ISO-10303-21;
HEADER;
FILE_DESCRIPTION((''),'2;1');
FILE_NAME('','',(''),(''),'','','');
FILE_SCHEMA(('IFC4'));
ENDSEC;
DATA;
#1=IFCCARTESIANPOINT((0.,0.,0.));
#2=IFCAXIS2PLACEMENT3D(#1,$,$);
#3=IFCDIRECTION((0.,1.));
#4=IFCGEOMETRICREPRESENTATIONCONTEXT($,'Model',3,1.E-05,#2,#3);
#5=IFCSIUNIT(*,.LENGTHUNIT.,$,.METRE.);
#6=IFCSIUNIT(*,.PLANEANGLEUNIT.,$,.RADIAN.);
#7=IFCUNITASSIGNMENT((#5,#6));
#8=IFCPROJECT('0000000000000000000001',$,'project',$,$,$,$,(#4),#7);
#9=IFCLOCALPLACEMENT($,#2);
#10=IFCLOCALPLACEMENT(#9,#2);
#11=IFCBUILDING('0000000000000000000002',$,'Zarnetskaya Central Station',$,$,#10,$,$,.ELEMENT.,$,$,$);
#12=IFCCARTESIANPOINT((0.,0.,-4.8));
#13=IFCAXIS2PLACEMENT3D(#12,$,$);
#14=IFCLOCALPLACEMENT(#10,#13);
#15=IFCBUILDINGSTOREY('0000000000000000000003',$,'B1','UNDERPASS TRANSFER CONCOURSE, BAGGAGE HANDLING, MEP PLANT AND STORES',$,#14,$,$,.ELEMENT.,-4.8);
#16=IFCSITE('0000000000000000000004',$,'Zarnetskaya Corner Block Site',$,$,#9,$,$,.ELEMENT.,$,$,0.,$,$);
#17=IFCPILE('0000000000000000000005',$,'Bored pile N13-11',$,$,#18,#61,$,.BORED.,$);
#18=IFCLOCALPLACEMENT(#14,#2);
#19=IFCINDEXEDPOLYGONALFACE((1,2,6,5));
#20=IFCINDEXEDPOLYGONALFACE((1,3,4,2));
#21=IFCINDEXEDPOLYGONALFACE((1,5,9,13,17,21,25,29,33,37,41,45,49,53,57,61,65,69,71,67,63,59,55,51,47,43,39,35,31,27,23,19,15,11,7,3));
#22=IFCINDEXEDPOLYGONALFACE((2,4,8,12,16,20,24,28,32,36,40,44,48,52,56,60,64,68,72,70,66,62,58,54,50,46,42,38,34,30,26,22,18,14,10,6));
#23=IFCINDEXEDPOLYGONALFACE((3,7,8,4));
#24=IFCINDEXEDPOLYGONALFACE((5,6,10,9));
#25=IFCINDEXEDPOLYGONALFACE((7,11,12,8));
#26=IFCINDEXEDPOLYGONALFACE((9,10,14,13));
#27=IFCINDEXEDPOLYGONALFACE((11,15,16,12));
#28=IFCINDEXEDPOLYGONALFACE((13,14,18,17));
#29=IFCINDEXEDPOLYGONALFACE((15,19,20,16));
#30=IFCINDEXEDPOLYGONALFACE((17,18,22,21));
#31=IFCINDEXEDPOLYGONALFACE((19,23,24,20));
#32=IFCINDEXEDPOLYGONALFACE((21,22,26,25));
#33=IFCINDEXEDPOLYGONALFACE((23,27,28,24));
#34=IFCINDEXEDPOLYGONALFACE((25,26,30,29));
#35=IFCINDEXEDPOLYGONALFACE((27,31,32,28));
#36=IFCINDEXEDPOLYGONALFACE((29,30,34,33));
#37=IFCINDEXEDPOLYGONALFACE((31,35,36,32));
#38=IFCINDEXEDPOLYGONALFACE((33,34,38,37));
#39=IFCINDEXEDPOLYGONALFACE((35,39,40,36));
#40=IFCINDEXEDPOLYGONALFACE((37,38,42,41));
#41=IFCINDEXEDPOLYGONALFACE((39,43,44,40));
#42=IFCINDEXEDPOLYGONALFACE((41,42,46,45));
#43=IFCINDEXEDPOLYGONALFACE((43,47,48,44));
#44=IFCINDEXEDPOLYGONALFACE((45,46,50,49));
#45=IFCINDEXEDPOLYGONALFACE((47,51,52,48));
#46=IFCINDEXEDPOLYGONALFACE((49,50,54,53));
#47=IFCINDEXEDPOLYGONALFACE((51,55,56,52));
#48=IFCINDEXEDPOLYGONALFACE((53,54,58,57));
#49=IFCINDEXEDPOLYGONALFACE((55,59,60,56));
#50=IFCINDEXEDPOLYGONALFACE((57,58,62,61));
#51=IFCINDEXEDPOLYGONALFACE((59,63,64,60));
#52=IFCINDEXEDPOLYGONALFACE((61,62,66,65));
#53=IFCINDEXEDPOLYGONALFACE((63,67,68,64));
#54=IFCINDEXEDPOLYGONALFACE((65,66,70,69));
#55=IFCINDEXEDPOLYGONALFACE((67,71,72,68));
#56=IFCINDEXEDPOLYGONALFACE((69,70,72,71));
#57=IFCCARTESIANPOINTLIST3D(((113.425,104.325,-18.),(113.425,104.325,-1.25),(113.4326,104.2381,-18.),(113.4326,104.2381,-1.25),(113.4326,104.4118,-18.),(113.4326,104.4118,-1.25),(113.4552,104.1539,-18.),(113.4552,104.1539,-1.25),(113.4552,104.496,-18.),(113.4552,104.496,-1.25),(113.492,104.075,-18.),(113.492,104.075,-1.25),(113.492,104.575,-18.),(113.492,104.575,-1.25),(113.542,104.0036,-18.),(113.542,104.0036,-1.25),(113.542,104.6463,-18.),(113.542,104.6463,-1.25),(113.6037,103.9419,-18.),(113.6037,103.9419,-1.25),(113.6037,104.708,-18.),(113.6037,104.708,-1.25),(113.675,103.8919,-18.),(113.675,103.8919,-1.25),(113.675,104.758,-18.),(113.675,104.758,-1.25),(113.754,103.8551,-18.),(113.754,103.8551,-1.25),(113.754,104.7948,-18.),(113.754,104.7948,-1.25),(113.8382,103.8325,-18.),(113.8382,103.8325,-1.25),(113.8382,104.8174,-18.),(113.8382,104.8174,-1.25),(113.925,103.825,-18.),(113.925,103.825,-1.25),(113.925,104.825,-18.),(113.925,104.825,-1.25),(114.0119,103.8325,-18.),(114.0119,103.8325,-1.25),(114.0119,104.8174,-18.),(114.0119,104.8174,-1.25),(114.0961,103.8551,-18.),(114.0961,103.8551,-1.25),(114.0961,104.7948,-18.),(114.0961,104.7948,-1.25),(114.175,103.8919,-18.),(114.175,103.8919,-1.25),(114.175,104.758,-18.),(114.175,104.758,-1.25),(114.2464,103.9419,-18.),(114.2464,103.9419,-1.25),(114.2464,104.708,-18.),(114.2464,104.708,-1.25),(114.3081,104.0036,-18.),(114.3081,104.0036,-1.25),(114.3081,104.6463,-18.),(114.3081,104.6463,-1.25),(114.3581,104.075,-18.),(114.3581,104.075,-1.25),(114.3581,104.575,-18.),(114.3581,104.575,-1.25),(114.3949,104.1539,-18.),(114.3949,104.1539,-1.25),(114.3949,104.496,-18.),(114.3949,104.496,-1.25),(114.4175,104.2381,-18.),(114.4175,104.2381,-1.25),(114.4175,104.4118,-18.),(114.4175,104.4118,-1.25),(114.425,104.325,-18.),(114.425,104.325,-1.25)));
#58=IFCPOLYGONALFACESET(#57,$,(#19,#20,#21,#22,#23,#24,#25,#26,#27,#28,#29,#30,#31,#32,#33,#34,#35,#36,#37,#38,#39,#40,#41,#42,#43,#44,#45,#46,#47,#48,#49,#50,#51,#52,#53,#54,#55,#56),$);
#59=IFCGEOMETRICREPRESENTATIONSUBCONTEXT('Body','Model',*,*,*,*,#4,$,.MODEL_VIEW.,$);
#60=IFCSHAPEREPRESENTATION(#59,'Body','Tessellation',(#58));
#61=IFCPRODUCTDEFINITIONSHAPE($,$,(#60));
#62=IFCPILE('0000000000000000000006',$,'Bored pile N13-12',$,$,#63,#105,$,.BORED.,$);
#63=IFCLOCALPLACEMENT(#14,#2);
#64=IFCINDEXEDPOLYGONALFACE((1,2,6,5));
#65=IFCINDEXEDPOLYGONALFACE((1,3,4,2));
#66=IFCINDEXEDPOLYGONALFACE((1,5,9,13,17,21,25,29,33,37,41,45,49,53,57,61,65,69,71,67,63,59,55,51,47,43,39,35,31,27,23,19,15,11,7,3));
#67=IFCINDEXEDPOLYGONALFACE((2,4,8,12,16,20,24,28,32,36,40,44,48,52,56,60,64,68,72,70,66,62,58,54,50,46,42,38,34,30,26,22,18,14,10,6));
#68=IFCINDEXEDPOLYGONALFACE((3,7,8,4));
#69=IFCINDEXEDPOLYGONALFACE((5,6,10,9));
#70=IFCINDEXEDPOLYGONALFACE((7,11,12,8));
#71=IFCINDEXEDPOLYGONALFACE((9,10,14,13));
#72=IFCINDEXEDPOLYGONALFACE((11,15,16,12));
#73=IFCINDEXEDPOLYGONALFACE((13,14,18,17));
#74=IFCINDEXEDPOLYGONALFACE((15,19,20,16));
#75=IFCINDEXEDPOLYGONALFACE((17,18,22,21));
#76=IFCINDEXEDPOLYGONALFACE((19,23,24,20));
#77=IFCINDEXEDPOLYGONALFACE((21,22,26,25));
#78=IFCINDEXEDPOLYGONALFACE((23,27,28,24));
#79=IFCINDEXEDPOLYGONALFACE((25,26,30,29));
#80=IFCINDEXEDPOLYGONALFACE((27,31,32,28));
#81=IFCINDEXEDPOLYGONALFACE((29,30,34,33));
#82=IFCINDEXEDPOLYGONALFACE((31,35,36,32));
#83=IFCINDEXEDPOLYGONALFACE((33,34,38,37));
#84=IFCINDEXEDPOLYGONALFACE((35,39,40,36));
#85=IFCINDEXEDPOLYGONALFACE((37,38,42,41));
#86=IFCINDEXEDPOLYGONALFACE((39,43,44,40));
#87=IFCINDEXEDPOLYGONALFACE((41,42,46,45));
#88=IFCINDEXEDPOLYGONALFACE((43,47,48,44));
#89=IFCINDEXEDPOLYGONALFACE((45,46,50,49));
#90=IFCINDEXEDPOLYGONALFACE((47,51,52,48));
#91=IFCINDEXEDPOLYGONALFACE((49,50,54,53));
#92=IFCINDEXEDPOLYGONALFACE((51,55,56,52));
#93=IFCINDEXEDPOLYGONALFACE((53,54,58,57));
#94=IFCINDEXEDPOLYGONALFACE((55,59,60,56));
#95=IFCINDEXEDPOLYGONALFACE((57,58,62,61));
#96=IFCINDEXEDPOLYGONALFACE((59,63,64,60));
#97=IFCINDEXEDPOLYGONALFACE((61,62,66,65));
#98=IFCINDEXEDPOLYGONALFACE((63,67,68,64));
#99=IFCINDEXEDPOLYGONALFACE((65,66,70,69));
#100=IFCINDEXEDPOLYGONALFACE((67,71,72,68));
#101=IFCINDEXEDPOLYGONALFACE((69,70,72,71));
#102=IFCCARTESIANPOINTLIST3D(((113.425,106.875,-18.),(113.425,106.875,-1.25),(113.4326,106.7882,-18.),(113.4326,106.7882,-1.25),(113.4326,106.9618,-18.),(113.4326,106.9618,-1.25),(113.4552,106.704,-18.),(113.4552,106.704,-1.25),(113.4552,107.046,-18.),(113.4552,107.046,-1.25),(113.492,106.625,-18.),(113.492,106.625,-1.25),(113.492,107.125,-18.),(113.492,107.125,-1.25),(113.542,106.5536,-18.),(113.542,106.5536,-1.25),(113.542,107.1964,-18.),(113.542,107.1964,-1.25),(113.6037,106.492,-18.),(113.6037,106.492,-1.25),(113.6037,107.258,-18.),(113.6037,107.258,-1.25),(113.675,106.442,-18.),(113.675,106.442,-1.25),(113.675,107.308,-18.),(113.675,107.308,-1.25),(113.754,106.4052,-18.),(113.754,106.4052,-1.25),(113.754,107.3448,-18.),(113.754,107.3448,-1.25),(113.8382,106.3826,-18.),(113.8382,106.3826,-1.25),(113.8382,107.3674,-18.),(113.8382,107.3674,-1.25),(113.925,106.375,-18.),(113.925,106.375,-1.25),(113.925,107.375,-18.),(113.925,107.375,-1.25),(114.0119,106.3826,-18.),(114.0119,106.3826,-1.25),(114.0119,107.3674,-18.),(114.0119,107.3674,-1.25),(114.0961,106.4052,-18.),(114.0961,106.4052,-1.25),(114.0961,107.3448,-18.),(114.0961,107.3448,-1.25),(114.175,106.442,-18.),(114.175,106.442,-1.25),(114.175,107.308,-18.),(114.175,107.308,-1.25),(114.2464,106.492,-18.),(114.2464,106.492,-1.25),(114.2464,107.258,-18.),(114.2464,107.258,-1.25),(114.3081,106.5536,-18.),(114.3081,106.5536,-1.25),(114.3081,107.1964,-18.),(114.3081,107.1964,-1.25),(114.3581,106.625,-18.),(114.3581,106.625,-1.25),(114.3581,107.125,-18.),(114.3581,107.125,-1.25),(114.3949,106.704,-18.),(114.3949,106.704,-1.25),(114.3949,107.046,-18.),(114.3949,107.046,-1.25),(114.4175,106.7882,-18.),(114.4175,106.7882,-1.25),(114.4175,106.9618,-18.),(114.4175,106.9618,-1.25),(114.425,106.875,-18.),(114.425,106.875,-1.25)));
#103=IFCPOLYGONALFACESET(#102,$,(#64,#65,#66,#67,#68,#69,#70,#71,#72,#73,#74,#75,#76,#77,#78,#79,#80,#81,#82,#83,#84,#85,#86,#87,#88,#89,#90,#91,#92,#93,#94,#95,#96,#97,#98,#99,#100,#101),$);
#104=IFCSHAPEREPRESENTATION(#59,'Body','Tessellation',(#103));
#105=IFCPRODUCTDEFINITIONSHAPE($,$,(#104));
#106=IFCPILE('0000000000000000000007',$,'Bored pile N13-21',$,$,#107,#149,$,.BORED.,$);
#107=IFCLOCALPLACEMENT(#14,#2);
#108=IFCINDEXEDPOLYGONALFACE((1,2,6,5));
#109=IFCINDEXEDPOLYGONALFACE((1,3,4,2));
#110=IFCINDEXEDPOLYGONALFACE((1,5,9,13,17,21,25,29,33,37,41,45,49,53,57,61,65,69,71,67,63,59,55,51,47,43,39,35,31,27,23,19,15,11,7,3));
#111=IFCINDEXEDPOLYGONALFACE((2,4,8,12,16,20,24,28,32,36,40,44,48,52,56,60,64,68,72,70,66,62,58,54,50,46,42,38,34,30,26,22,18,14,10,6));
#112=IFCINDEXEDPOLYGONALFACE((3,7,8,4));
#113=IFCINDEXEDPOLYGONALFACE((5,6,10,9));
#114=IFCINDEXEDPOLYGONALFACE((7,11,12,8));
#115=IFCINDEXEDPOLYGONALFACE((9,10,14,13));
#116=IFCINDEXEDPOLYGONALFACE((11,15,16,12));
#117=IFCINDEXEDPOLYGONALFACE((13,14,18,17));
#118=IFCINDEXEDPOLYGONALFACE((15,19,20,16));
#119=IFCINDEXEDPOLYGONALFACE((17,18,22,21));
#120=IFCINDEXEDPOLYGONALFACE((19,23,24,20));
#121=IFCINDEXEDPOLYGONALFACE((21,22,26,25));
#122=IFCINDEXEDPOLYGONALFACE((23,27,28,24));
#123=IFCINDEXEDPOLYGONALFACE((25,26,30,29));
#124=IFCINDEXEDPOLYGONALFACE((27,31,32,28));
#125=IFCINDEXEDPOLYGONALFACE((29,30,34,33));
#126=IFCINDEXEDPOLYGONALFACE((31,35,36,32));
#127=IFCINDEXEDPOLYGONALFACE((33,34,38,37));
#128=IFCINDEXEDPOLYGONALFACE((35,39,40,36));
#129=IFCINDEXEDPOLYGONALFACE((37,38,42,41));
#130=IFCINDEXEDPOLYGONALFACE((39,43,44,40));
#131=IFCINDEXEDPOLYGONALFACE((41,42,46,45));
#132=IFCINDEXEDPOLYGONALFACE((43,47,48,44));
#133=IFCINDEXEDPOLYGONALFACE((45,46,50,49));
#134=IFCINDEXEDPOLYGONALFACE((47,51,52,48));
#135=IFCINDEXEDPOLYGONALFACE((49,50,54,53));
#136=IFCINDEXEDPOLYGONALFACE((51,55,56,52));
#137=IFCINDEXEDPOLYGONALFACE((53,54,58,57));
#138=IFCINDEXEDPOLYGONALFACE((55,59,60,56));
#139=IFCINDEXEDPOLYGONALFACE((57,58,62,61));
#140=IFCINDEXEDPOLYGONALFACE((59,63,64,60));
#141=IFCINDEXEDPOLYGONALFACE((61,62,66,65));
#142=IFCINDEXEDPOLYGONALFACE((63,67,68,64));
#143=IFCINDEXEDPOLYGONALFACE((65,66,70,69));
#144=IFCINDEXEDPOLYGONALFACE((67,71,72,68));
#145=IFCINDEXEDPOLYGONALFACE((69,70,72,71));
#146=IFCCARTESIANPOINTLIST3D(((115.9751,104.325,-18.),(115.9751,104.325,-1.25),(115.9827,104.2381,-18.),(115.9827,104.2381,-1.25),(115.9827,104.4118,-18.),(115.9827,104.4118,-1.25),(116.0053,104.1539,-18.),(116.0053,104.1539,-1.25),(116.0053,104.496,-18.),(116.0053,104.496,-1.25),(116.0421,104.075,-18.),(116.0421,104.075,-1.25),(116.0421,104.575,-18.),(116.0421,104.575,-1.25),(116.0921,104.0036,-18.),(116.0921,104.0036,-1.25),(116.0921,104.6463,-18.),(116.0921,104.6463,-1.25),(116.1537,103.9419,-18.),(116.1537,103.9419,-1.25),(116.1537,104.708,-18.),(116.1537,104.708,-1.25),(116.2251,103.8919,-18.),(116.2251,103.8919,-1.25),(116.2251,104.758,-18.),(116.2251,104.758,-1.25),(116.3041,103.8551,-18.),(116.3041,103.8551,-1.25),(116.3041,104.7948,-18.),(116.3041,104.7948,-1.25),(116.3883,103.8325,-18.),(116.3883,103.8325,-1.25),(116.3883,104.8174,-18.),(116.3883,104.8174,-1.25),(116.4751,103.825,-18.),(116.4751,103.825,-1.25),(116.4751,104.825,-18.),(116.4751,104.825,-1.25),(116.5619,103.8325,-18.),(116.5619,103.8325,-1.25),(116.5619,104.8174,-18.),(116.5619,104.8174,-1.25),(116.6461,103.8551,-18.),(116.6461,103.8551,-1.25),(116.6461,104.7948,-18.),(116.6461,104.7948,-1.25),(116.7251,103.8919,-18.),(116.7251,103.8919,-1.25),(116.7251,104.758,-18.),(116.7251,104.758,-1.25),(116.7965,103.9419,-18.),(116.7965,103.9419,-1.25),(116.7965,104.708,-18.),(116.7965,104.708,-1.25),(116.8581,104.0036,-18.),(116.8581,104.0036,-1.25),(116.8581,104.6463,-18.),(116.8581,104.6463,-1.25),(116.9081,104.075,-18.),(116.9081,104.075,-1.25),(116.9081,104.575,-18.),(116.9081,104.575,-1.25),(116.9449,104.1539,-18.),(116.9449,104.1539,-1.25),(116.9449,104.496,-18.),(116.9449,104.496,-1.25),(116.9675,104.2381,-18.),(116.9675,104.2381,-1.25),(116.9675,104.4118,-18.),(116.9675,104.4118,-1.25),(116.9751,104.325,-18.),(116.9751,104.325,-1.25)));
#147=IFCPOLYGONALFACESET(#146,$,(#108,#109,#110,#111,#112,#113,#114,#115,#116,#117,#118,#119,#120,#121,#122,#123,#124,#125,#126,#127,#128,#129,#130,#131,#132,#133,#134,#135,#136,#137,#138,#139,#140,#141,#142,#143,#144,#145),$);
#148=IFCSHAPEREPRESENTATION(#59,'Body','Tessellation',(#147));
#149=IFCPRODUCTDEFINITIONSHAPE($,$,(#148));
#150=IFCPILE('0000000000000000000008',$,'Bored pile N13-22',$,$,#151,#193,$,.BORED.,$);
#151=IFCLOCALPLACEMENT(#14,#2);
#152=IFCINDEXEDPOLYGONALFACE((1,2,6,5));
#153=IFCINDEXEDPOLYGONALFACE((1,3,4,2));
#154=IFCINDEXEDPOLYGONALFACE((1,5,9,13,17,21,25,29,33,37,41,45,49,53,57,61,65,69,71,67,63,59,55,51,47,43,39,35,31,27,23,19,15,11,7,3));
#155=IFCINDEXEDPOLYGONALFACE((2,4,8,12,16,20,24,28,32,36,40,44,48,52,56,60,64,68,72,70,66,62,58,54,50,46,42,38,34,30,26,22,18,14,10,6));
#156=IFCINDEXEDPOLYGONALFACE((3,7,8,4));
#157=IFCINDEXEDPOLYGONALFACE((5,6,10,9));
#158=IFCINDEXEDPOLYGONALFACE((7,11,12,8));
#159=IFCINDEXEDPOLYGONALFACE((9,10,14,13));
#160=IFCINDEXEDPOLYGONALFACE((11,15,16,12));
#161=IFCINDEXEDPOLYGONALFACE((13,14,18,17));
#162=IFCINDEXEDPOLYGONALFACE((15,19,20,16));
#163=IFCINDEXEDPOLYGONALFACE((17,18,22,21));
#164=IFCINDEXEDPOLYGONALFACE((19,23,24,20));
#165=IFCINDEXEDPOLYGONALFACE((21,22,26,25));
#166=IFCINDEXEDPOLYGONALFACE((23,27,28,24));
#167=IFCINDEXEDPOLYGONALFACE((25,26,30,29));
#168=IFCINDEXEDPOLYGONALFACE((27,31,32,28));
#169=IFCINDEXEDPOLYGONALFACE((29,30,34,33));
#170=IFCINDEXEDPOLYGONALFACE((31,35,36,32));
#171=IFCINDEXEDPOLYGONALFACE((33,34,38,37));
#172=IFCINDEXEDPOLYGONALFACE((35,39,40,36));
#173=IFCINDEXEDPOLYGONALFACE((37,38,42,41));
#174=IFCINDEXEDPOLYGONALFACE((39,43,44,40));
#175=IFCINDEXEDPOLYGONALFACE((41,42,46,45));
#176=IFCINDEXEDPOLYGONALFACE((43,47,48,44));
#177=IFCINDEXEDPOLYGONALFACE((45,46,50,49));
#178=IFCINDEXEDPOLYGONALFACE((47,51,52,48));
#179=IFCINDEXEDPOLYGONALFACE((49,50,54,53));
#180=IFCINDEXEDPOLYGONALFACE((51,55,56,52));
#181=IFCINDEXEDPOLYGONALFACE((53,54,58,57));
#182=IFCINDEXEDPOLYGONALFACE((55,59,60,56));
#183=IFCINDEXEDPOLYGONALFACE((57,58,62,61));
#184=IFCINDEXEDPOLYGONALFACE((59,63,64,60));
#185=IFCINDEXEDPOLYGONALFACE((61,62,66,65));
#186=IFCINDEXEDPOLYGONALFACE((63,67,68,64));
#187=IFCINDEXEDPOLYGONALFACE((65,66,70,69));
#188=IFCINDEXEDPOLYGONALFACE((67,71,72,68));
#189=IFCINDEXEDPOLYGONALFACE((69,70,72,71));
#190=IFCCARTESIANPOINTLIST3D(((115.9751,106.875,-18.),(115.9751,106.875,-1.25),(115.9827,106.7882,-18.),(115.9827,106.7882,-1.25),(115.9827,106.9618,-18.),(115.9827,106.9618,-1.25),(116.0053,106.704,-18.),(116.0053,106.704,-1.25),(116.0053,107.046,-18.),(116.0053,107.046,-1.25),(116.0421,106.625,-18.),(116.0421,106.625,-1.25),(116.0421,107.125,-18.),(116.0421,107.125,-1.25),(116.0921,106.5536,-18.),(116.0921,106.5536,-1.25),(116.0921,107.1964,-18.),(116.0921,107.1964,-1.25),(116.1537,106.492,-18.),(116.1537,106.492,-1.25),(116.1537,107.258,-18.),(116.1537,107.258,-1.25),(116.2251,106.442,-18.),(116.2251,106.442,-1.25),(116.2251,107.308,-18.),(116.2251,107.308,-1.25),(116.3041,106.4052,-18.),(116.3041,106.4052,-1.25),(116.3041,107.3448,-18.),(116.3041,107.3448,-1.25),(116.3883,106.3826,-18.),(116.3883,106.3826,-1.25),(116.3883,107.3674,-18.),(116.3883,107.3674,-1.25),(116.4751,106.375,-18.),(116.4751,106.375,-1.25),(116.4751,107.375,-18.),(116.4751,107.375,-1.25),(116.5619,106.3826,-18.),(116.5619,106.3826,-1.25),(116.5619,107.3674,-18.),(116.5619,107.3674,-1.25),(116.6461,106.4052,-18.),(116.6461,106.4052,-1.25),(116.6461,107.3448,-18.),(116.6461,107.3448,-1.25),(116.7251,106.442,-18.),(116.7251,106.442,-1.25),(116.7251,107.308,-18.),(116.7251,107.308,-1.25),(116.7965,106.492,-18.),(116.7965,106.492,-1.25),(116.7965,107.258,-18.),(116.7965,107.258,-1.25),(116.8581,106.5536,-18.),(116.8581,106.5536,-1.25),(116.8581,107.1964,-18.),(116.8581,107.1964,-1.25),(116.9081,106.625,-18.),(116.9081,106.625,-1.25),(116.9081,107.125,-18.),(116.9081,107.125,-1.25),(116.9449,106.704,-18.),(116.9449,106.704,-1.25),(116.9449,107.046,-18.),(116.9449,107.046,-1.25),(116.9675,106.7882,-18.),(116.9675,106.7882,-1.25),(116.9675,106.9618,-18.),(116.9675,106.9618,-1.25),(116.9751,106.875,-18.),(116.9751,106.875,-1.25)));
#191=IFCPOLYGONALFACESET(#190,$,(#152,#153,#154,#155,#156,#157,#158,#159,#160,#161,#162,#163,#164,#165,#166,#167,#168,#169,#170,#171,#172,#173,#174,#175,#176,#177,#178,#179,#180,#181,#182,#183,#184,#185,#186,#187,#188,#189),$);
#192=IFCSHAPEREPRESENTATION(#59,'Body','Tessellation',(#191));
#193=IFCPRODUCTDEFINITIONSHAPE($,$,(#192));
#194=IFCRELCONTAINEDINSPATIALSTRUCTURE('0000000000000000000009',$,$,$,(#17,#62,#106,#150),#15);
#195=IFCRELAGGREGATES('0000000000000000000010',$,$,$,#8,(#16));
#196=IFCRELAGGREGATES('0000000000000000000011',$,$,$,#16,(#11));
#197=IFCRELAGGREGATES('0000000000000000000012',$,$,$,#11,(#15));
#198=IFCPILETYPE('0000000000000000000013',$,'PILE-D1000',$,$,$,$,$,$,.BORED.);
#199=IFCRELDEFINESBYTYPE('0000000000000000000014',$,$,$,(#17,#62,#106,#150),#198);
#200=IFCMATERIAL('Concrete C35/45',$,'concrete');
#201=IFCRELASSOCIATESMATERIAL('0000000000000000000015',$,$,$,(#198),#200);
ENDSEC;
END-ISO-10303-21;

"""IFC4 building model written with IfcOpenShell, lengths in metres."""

from ifc_helpers import new_model, si_unit, direction, frame, origin, origin_2d, place, context, subcontext, project, spatial, circle, extrude, material, material_profile, profile_set, type_object, element, save


model = new_model("IFC4")

# Units and contexts
model_context = context("Model", 3, precision=1e-05, world=origin(), true_north=direction((0.0, 1.0)))
body_context = subcontext(model_context, "Body", "Model", "MODEL_VIEW")
ifc_project = project(units=[si_unit("LENGTHUNIT", "METRE"), si_unit("PLANEANGLEUNIT", "RADIAN")], contexts=[model_context])

# Site, building, storey
site_placement = place(None, origin())
site = spatial("IfcSite", under=ifc_project, at=site_placement, Name="Zarnetskaya Corner Block Site", CompositionType="ELEMENT", RefElevation=0.0)
building_placement = place(site_placement, origin())
building = spatial("IfcBuilding", under=site, at=building_placement, Name="Zarnetskaya Central Station", CompositionType="ELEMENT")
storey_placement = place(building_placement, frame((0.0, 0.0, -4.8)))
storey = spatial("IfcBuildingStorey", under=building, at=storey_placement, Name="B1", Description="UNDERPASS TRANSFER CONCOURSE, BAGGAGE HANDLING, MEP PLANT AND STORES", CompositionType="ELEMENT", Elevation=-4.8)

# Shared definitions
ifc_material = material(Name="Concrete C35/45", Category="concrete")

# Piles
ifc_material_profile_1 = material_profile(ifc_material, circle(Radius=0.5, at=origin_2d()), Name="BORED PILE D1000")
ifc_profile_set_1 = profile_set([ifc_material_profile_1], Name="Concrete C35/45")
pile_type_1 = type_object("IfcPileType", Name="PILE-D1000", PredefinedType="BORED", material=ifc_profile_set_1)
for number, where, z_axis, x_axis, name in (
    (1, (113.925, 104.325, -1.25), (0.0, 0.0, -1.0), (1.0, 0.0, 0.0), "Bored pile N13-11"),
    (2, (113.925, 106.875, -1.25), (0.0, 0.0, -1.0), (1.0, 0.0, 0.0), "Bored pile N13-12"),
    (3, (116.4751, 104.325, -1.25), (0.0, 0.0, -1.0), (1.0, 0.0, 0.0), "Bored pile N13-21"),
    (4, (116.4751, 106.875, -1.25), (0.0, 0.0, -1.0), (1.0, 0.0, 0.0), "Bored pile N13-22"),
):
    element("IfcPile", number, at=place(storey_placement, frame(where, z_axis=z_axis, x_axis=x_axis)), inside=storey, type_object=pile_type_1, Name=name, PredefinedType="BORED", context=body_context, shape_type="SweptSolid", body=[
        extrude(circle(Radius=0.5, at=origin_2d()), origin(), (0.0, 0.0, 1.0), 16.75),
    ])

save(model, "model.ifc")
